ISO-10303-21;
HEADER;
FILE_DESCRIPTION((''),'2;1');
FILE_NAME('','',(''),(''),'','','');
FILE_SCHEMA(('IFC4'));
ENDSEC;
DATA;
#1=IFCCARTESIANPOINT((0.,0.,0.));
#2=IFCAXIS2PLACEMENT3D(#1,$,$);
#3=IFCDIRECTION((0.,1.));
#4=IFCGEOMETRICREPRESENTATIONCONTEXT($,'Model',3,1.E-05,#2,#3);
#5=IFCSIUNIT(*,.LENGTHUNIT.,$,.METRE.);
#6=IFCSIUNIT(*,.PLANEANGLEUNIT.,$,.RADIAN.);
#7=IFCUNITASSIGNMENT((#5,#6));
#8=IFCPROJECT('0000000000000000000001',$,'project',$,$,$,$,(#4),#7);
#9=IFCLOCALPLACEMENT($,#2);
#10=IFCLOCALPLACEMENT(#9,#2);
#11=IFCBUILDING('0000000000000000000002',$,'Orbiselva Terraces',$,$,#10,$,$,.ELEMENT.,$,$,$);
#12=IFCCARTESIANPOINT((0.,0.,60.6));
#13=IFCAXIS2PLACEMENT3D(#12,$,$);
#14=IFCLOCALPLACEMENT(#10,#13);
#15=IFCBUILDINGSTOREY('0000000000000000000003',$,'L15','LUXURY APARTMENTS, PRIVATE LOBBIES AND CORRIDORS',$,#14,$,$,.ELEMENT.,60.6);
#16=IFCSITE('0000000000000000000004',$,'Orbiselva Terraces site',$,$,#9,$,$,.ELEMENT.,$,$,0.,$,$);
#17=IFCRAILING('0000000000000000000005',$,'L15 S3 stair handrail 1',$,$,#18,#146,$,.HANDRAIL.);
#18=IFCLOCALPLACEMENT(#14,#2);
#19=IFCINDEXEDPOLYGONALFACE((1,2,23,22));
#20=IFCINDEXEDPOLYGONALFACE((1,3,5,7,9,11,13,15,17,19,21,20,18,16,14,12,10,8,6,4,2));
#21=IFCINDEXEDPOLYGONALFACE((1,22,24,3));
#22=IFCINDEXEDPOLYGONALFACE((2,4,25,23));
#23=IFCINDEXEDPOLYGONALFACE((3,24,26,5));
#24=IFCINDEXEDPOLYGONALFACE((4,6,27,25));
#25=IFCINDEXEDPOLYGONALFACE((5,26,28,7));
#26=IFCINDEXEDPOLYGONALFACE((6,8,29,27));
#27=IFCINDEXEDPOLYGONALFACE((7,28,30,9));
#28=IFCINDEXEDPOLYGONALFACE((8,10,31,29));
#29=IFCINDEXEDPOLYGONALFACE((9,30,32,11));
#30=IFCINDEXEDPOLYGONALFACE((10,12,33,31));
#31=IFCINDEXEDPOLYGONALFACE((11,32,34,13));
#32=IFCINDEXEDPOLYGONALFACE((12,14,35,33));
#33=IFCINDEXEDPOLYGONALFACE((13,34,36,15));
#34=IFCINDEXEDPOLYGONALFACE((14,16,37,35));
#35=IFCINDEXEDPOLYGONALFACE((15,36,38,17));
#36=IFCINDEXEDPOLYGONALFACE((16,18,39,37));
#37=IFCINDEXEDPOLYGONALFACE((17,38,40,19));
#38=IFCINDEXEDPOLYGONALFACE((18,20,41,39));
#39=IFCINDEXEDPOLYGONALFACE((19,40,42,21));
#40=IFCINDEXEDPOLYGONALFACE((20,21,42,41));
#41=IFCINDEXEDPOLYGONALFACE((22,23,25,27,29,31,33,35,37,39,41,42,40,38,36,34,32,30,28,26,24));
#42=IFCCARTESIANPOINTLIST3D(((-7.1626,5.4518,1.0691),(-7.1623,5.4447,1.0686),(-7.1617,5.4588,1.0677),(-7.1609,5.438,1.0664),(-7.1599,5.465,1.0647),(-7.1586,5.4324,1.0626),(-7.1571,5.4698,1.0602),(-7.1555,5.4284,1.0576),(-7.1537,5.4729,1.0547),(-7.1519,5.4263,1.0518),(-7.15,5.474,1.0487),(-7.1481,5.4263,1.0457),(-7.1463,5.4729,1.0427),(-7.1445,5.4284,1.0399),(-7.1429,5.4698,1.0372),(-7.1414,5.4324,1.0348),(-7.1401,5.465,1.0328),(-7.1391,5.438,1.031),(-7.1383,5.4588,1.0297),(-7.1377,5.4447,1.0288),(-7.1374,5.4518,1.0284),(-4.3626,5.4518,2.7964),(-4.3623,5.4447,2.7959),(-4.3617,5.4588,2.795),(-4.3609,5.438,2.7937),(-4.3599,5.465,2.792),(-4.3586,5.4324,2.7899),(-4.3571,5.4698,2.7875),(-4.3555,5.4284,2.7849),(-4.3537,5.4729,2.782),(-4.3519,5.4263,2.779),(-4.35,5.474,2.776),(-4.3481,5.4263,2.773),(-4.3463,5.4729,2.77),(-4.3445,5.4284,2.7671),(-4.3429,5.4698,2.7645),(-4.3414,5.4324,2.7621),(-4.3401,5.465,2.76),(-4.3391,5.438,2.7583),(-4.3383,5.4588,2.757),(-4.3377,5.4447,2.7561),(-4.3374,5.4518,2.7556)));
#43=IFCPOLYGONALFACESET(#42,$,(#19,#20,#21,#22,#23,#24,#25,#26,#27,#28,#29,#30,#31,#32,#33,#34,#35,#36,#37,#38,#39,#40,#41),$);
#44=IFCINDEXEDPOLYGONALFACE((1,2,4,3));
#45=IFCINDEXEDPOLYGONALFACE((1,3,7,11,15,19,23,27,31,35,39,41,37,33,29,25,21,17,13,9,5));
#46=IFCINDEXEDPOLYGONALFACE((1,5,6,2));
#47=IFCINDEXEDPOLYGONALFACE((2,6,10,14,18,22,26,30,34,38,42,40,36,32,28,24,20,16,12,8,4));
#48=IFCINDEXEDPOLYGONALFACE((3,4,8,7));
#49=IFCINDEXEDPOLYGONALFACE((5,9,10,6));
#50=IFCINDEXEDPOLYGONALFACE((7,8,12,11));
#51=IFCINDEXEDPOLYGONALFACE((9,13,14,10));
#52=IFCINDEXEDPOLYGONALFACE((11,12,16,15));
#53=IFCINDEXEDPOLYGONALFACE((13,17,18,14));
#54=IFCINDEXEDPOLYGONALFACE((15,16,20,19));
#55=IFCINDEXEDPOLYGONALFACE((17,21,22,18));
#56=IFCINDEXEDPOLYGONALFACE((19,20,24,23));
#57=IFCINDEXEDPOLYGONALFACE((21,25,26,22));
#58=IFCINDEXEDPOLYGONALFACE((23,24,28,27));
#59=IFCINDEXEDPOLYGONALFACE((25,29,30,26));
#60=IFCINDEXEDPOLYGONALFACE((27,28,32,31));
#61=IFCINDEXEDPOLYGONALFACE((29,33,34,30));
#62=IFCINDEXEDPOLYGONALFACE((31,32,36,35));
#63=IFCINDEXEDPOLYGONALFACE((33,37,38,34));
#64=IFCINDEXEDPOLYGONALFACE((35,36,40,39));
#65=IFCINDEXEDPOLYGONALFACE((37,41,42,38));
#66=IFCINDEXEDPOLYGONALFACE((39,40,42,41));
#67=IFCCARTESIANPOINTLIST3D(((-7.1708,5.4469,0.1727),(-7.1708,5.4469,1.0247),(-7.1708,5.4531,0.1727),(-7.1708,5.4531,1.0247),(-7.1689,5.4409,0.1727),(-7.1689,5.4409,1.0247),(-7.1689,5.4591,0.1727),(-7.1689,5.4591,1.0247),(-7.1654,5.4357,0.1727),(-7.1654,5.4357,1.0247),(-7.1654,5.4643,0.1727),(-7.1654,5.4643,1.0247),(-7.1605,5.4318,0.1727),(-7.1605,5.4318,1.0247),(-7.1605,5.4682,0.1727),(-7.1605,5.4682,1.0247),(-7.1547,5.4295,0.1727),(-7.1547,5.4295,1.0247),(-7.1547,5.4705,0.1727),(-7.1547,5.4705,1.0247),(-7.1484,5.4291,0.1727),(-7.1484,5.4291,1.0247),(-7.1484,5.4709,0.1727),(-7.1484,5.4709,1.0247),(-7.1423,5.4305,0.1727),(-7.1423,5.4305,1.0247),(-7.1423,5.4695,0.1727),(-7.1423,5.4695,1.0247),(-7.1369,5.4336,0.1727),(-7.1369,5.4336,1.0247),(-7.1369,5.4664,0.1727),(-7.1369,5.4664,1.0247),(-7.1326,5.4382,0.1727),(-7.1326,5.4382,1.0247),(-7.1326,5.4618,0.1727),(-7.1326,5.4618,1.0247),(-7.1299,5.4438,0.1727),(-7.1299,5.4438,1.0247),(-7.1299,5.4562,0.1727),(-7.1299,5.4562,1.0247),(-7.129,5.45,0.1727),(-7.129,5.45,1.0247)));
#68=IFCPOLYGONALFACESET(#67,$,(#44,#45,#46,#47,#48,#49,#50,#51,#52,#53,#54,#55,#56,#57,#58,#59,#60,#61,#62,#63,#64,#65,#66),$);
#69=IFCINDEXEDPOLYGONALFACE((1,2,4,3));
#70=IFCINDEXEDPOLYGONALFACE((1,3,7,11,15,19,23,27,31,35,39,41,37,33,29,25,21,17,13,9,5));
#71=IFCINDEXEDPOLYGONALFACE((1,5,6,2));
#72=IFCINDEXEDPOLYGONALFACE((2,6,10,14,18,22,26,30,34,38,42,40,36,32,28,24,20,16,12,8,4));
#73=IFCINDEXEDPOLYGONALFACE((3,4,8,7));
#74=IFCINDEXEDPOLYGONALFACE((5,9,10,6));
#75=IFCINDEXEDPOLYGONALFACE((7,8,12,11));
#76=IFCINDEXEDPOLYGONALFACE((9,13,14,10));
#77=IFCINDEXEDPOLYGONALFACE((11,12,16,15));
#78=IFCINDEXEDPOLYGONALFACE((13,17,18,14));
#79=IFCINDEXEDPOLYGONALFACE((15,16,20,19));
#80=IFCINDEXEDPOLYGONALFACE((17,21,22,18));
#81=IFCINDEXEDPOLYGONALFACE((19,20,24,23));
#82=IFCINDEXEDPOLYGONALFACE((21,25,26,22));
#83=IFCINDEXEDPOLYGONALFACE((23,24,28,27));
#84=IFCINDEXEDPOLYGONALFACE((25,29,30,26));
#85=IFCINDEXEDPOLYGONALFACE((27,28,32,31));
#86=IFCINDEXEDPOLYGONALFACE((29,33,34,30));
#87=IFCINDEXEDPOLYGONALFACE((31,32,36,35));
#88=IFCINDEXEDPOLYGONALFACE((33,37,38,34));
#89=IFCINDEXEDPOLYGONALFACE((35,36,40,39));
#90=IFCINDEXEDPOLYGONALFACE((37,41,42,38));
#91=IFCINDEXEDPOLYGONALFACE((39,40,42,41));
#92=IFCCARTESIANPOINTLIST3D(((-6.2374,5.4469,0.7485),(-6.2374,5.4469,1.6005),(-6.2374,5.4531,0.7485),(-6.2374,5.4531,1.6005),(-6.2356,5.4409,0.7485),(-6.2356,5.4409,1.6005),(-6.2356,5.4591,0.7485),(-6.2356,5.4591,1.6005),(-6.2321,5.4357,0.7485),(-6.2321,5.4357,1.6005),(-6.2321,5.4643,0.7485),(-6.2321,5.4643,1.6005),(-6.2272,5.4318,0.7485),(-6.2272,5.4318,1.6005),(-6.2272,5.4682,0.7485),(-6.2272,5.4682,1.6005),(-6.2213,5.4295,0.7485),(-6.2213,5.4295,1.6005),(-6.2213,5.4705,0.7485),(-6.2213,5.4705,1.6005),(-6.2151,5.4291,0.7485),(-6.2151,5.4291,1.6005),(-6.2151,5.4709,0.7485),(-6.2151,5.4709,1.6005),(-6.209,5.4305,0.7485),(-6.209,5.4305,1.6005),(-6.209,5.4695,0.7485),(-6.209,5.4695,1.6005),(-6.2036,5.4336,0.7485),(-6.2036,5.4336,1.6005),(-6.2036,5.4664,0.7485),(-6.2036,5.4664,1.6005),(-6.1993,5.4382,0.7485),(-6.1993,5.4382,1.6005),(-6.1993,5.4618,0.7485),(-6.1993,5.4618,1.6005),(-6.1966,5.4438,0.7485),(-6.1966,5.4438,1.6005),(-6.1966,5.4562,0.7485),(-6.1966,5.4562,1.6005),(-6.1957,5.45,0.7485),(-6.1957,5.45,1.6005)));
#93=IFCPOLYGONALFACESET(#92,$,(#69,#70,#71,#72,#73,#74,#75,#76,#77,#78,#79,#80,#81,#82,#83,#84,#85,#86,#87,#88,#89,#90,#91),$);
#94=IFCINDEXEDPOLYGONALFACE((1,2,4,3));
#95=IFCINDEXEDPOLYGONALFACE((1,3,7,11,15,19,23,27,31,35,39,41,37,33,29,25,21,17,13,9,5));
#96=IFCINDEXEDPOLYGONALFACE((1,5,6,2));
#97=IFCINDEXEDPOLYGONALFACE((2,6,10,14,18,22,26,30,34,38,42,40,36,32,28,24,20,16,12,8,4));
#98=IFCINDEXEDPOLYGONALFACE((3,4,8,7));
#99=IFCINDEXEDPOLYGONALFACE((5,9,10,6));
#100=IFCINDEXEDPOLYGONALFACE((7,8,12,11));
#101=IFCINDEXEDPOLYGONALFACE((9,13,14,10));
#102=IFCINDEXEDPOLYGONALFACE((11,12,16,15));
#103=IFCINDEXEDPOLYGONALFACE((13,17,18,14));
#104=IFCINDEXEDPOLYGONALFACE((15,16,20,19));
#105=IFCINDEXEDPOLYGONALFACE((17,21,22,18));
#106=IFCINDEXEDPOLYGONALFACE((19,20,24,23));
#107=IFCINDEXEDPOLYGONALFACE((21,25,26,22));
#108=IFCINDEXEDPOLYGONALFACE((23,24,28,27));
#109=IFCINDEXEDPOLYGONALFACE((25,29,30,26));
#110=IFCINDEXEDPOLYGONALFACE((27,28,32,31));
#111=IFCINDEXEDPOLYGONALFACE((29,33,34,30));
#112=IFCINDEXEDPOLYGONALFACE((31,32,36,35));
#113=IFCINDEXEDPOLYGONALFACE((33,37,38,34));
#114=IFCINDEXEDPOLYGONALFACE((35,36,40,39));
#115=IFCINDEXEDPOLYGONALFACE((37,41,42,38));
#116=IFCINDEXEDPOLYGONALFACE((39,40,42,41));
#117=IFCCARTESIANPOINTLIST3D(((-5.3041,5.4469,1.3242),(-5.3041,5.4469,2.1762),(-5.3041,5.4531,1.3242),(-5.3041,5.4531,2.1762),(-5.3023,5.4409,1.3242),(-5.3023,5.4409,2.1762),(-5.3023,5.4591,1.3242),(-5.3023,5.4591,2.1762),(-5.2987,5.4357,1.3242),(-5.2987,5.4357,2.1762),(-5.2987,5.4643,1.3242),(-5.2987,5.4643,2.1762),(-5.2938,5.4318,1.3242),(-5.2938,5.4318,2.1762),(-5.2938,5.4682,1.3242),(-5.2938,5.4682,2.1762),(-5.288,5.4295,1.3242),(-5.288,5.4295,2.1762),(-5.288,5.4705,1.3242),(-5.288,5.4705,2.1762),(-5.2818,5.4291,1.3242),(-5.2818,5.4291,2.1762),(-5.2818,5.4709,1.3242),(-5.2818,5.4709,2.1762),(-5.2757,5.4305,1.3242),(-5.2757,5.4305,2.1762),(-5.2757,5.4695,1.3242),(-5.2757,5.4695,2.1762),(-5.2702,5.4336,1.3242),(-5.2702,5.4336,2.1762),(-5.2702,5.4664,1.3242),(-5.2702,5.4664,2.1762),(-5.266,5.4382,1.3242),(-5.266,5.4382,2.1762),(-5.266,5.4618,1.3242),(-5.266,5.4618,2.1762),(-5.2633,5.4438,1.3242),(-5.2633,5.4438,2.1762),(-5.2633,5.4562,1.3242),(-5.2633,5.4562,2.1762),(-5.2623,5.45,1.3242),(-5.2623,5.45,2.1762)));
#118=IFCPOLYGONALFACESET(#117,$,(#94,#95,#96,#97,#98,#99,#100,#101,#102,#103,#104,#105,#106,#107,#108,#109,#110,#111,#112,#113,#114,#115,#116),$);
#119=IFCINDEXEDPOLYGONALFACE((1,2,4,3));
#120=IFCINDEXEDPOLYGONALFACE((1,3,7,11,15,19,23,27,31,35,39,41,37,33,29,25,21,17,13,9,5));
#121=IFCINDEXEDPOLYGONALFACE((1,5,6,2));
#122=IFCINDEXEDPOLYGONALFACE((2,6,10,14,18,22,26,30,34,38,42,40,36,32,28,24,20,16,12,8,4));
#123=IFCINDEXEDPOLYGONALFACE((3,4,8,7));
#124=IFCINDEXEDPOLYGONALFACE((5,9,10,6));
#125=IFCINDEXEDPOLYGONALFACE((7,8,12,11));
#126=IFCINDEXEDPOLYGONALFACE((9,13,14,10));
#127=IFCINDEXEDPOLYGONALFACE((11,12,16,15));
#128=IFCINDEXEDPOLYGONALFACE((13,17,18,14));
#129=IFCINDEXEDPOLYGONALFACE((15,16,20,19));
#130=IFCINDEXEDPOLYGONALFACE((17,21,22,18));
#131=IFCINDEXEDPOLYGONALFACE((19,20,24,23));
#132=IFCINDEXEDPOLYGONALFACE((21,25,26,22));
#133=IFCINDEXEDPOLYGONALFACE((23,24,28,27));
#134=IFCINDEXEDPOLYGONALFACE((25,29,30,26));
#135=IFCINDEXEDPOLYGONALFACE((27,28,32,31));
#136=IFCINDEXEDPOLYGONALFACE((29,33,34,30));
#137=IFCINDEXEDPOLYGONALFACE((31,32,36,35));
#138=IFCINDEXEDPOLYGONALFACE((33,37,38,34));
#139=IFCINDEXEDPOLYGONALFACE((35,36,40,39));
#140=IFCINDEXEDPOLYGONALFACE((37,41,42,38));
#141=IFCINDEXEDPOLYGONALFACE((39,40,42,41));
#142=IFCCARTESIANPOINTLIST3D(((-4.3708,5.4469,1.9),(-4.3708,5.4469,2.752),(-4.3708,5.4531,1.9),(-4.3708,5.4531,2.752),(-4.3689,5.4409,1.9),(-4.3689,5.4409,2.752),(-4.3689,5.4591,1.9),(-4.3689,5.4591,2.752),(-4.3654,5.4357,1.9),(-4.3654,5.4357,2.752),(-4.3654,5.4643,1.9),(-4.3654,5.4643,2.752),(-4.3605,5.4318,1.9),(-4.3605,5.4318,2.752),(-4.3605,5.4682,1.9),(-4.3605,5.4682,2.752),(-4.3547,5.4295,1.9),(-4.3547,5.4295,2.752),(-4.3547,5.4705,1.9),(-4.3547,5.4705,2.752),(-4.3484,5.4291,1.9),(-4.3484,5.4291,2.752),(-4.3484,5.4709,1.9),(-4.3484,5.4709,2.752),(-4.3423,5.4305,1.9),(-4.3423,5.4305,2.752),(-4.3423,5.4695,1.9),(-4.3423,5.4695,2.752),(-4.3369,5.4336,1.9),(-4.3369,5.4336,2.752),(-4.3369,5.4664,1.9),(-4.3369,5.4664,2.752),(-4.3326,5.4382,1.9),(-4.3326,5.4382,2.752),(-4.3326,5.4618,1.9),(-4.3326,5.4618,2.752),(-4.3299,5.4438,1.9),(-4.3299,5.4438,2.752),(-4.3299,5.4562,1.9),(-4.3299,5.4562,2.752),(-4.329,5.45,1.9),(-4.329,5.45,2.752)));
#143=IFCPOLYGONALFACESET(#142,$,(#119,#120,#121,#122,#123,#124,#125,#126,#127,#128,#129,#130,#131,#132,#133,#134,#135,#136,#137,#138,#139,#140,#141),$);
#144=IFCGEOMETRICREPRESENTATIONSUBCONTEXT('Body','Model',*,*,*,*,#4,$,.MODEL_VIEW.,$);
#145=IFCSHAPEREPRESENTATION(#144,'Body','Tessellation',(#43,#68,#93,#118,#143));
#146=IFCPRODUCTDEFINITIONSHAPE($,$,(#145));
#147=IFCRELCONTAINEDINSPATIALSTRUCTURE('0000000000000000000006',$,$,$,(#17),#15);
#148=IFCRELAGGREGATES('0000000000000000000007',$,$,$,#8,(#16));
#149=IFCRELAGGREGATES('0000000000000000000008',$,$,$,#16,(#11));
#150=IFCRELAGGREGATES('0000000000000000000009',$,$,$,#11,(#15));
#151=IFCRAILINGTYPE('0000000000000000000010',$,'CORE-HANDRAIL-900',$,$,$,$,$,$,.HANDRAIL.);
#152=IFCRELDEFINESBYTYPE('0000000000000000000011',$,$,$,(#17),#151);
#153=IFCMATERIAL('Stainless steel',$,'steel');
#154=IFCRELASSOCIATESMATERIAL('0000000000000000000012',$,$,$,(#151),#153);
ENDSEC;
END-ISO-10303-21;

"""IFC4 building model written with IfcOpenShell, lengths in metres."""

from ifc_helpers import new_model, si_unit, direction, frame, origin, origin_2d, place, context, subcontext, project, spatial, circle, extrude, material, type_object, element, save


model = new_model("IFC4")

# Units and contexts
model_context = context("Model", 3, precision=1e-05, world=origin(), true_north=direction((0.0, 1.0)))
body_context = subcontext(model_context, "Body", "Model", "MODEL_VIEW")
ifc_project = project(units=[si_unit("LENGTHUNIT", "METRE"), si_unit("PLANEANGLEUNIT", "RADIAN")], contexts=[model_context])

# Site, building, storey
site_placement = place(None, origin())
site = spatial("IfcSite", under=ifc_project, at=site_placement, Name="Orbiselva Terraces site", CompositionType="ELEMENT", RefElevation=0.0)
building_placement = place(site_placement, origin())
building = spatial("IfcBuilding", under=site, at=building_placement, Name="Orbiselva Terraces", CompositionType="ELEMENT")
storey_placement = place(building_placement, frame((0.0, 0.0, 60.6)))
storey = spatial("IfcBuildingStorey", under=building, at=storey_placement, Name="L15", Description="LUXURY APARTMENTS, PRIVATE LOBBIES AND CORRIDORS", CompositionType="ELEMENT", Elevation=60.6)

# Railing
ifc_material_1 = material(Name="Stainless steel", Category="steel")
railing_type_1 = type_object("IfcRailingType", Name="CORE-HANDRAIL-900", PredefinedType="HANDRAIL", material=ifc_material_1)
railing_1_placement = place(storey_placement, frame((-7.15, 5.45, 0.1727)))
element("IfcRailing", 1, at=railing_1_placement, inside=storey, type_object=railing_type_1, Name="L15 S3 stair handrail 1", PredefinedType="HANDRAIL", context=body_context, shape_type="SweptSolid", body=[
    extrude(circle(Radius=0.024, at=origin_2d()), frame((0.0, 0.0, 0.876), z_axis=(0.851089, 0.0, 0.525022), x_axis=(0.0, 1.0, 0.0)), (0.0, 0.0, 1.0), 3.2899),
    extrude(circle(Radius=0.021, at=origin_2d()), origin(), (0.0, 0.0, 1.0), 0.852),
    extrude(circle(Radius=0.021, at=origin_2d()), frame((0.9333, 0.0, 0.5758)), (0.0, 0.0, 1.0), 0.852),
    extrude(circle(Radius=0.021, at=origin_2d()), frame((1.8667, 0.0, 1.1515)), (0.0, 0.0, 1.0), 0.852),
    extrude(circle(Radius=0.021, at=origin_2d()), frame((2.8, 0.0, 1.7273)), (0.0, 0.0, 1.0), 0.852),
])

save(model, "model.ifc")
